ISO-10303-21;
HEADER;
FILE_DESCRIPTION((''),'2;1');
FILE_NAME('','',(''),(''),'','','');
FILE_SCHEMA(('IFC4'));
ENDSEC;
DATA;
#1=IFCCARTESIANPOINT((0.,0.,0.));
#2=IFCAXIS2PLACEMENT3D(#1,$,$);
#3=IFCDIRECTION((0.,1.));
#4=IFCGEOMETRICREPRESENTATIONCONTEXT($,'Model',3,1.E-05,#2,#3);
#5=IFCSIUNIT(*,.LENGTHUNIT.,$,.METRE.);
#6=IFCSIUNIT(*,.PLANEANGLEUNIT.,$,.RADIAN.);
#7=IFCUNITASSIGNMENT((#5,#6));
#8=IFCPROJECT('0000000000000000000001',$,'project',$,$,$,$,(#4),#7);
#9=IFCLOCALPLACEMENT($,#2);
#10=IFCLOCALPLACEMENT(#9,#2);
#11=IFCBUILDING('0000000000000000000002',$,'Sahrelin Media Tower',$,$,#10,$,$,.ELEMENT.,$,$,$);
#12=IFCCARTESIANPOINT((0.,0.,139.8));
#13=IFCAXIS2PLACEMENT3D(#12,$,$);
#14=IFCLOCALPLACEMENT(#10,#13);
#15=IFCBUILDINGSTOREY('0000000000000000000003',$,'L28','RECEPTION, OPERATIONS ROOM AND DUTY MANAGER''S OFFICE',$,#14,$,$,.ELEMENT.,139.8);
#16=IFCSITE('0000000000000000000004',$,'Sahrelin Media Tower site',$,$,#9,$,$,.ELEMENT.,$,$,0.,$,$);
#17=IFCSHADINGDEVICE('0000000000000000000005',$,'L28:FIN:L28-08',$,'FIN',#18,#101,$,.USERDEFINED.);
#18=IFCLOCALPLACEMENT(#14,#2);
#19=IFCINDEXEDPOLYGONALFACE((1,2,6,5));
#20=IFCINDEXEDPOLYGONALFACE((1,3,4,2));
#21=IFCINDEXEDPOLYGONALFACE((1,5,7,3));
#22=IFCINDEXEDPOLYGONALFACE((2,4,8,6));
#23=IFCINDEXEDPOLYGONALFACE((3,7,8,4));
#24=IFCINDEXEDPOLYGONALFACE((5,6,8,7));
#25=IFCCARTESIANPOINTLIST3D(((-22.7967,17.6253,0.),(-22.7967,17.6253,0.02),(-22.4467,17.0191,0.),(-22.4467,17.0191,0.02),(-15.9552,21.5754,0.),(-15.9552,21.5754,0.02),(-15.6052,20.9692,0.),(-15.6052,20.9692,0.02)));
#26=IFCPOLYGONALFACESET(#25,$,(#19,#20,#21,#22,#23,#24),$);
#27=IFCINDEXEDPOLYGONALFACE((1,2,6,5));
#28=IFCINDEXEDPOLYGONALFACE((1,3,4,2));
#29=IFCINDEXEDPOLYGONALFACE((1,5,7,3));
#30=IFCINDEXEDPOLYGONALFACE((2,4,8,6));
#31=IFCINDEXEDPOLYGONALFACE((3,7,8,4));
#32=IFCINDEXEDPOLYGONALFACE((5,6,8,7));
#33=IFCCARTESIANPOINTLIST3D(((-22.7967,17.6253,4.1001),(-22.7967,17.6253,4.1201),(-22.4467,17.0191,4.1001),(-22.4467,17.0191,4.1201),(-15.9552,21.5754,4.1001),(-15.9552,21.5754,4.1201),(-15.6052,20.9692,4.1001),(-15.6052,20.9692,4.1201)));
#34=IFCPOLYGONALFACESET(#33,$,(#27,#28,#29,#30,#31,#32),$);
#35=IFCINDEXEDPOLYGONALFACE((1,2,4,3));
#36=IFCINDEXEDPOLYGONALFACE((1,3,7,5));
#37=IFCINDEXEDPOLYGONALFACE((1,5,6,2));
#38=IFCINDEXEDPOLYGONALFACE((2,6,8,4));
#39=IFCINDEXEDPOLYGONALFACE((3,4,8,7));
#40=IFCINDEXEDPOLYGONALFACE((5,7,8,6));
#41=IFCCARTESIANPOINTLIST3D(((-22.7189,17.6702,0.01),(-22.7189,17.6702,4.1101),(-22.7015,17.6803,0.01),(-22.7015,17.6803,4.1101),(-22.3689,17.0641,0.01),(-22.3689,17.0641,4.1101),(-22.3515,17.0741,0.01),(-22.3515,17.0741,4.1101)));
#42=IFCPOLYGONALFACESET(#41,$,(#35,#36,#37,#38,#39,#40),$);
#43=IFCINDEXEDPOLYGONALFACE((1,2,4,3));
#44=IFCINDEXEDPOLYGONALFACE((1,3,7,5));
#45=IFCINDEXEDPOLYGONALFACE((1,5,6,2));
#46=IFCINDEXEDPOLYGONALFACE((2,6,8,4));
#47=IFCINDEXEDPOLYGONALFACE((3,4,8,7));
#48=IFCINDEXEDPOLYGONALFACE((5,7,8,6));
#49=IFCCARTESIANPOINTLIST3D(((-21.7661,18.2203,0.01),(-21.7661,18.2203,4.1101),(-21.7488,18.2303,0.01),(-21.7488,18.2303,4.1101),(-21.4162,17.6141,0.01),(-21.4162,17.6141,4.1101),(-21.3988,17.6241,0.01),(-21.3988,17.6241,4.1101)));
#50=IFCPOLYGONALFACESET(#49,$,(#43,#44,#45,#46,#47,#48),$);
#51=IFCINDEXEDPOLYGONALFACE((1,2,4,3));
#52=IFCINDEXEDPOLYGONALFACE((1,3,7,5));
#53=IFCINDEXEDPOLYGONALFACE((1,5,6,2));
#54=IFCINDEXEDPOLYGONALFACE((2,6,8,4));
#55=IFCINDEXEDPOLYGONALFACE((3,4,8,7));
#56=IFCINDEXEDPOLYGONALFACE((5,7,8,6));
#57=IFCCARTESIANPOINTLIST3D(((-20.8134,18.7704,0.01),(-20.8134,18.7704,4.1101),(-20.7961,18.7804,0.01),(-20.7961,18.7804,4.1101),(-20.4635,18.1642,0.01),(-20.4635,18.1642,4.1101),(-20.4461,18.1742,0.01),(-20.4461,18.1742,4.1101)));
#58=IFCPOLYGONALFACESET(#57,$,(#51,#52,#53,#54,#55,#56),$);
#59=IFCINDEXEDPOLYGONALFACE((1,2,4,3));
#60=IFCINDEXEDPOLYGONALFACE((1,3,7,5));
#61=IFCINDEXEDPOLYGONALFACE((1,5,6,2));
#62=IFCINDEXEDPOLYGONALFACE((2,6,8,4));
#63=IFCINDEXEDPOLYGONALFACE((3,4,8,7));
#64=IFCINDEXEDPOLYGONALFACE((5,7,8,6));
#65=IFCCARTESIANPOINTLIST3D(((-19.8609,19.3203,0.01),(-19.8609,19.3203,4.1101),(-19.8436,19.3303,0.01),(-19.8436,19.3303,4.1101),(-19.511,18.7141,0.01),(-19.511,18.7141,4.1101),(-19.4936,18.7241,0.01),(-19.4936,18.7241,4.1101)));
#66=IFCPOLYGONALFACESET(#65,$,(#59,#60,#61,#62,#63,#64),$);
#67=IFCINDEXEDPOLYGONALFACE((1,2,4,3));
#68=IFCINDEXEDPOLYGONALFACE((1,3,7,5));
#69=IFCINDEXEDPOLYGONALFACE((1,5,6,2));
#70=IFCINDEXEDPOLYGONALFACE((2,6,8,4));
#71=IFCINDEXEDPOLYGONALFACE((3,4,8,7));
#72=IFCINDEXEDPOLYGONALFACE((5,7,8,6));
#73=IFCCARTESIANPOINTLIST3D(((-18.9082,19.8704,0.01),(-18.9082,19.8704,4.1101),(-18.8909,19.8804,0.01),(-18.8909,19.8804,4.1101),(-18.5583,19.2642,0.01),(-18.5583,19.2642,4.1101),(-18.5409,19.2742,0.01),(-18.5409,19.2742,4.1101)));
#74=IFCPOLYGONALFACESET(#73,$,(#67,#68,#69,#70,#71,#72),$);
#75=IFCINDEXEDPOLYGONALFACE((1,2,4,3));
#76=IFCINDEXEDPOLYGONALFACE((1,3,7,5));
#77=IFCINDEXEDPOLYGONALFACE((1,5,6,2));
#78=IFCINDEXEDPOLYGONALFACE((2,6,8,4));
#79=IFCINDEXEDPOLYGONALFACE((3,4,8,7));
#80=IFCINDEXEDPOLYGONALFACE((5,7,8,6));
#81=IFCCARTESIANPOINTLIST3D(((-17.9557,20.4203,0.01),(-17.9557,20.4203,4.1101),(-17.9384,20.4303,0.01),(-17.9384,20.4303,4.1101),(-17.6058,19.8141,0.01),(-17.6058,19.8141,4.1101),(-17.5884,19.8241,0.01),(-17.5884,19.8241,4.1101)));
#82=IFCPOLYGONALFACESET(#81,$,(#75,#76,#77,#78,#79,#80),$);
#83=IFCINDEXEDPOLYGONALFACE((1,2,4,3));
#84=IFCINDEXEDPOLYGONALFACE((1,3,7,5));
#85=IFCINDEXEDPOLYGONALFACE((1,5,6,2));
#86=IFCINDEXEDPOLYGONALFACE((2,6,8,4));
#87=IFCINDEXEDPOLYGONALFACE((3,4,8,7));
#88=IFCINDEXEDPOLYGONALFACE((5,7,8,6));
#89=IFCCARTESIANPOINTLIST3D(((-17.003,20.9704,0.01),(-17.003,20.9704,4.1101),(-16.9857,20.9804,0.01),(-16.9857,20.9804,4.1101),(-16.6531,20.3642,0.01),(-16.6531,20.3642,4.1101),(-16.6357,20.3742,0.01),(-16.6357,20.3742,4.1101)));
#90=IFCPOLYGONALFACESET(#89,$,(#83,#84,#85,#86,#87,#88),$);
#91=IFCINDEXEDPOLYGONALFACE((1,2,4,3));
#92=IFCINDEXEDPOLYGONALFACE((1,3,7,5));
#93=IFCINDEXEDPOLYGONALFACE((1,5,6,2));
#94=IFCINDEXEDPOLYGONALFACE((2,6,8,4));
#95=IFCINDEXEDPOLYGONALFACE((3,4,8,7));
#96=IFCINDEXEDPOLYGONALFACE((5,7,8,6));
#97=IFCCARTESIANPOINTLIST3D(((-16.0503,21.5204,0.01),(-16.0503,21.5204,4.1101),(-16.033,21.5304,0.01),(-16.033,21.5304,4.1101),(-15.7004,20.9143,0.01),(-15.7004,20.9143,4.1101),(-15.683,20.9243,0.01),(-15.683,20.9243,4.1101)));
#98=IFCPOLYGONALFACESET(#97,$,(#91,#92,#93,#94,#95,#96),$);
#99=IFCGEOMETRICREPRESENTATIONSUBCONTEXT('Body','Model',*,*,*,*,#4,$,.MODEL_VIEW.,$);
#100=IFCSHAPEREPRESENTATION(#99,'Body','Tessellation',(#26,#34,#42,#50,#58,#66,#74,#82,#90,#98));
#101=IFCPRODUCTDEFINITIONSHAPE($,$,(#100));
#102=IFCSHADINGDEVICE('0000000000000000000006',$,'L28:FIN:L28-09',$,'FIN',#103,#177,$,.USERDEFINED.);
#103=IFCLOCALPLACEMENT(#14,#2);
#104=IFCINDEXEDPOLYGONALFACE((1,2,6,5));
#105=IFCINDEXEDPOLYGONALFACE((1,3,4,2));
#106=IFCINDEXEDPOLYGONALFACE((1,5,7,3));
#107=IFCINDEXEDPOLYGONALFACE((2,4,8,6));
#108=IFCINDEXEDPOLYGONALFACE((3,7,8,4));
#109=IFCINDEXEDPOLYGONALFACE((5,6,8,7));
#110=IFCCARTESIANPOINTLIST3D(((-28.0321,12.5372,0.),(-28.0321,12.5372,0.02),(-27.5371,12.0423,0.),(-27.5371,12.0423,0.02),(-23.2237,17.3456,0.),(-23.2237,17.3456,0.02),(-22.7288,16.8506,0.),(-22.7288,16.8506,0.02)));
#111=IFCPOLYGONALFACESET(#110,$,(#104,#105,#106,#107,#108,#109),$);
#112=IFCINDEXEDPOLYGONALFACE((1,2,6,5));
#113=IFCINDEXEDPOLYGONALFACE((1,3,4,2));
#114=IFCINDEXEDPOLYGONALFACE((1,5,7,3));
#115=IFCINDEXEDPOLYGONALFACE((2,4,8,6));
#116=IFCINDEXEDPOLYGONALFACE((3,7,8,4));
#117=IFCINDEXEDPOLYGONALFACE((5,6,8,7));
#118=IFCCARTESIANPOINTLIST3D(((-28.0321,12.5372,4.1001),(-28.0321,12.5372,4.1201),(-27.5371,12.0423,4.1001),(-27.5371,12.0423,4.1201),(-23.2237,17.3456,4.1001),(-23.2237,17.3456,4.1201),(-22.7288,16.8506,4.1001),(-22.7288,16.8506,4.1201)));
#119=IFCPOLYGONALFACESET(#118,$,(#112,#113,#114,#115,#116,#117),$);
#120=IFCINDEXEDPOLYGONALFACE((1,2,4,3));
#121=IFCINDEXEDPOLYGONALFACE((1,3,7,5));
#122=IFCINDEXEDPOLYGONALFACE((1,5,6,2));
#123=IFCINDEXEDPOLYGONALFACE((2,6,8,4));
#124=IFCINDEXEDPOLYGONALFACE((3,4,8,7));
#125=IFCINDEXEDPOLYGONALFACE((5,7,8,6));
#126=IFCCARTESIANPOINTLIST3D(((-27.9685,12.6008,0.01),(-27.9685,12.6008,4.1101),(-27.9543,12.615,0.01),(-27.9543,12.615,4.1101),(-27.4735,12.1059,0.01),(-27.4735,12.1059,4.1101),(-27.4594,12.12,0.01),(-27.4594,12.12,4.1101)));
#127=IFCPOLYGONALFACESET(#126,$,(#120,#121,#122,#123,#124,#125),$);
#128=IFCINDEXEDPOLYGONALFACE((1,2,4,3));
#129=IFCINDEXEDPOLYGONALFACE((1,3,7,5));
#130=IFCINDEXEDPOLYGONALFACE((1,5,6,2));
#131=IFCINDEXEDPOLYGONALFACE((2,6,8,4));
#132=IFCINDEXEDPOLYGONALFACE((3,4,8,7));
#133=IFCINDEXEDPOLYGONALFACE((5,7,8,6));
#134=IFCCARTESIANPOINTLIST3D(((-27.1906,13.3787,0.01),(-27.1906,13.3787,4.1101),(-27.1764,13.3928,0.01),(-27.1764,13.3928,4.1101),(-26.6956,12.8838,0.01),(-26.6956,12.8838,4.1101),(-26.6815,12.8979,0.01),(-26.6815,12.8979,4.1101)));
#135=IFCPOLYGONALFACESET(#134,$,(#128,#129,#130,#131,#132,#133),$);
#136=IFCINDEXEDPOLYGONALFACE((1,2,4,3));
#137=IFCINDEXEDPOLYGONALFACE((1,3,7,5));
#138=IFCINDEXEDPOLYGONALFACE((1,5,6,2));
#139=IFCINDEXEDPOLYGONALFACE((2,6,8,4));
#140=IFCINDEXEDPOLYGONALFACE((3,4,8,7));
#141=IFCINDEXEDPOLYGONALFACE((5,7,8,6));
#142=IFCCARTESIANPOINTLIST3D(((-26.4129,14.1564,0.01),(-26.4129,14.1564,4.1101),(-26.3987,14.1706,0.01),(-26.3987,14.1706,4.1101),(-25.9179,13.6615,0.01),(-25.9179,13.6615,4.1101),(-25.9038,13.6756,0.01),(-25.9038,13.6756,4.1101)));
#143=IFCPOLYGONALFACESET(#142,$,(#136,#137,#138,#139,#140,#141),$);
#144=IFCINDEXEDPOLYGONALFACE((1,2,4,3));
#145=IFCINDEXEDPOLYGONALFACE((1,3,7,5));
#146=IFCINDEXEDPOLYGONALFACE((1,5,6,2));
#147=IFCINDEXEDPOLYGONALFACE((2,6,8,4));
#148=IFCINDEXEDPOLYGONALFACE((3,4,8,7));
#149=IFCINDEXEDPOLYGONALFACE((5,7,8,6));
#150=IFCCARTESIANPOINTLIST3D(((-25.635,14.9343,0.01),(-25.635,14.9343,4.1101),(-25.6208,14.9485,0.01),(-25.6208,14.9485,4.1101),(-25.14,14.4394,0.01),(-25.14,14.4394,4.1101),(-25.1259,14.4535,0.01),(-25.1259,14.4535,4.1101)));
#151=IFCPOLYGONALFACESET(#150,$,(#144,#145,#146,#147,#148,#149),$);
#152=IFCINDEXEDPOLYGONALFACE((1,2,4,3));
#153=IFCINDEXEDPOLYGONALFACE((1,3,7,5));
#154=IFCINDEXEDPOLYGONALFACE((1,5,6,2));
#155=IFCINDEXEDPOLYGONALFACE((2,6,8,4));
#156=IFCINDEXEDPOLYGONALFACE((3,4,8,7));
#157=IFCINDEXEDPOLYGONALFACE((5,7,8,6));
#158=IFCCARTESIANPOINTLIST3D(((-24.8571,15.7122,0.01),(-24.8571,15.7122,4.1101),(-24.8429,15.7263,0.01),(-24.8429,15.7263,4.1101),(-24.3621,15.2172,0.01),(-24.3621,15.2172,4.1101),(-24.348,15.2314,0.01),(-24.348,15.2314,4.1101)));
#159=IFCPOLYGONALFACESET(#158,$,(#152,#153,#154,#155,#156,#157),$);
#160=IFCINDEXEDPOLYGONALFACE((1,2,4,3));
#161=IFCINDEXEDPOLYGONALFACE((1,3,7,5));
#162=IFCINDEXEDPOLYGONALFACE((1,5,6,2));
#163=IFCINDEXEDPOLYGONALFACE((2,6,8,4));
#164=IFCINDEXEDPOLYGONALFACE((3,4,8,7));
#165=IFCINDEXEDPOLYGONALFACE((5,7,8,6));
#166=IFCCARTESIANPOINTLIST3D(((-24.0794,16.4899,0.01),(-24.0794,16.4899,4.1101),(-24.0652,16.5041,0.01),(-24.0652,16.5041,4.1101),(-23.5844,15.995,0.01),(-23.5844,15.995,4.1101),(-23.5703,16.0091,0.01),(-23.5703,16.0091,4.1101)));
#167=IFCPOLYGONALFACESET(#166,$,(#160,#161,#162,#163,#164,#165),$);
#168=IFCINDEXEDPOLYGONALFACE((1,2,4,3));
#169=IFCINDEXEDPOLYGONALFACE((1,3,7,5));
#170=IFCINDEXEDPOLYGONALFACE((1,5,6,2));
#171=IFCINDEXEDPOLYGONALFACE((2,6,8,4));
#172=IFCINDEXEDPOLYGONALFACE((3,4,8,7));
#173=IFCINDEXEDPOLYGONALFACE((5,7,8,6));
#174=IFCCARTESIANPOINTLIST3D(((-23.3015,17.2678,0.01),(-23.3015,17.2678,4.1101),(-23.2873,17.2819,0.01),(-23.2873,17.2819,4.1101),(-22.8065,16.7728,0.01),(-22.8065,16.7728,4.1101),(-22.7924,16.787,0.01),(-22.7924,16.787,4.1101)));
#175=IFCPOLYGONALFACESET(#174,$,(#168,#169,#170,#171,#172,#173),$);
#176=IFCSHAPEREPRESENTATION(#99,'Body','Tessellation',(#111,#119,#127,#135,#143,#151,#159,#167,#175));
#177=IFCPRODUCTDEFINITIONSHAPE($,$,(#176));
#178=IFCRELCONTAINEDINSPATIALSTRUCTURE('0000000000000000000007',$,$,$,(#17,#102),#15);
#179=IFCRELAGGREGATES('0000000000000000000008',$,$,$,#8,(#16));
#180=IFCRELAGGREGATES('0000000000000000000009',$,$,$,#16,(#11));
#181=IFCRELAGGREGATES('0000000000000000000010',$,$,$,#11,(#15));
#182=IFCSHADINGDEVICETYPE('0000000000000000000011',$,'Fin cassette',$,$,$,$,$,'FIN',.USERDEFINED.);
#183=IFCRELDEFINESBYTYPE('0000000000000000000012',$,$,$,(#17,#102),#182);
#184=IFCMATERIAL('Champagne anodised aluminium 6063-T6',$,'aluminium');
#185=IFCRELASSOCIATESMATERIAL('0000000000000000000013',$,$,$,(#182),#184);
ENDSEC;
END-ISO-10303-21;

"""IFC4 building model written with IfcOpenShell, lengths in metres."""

from ifc_helpers import new_model, si_unit, direction, frame, origin, origin_2d, place, context, subcontext, project, spatial, rectangle, extrude, material, type_object, element, save


model = new_model("IFC4")

# Units and contexts
model_context = context("Model", 3, precision=1e-05, world=origin(), true_north=direction((0.0, 1.0)))
body_context = subcontext(model_context, "Body", "Model", "MODEL_VIEW")
ifc_project = project(units=[si_unit("LENGTHUNIT", "METRE"), si_unit("PLANEANGLEUNIT", "RADIAN")], contexts=[model_context])

# Site, building, storey
site_placement = place(None, origin())
site = spatial("IfcSite", under=ifc_project, at=site_placement, Name="Sahrelin Media Tower site", CompositionType="ELEMENT", RefElevation=0.0)
building_placement = place(site_placement, origin())
building = spatial("IfcBuilding", under=site, at=building_placement, Name="Sahrelin Media Tower", CompositionType="ELEMENT")
storey_placement = place(building_placement, frame((0.0, 0.0, 139.8)))
storey = spatial("IfcBuildingStorey", under=building, at=storey_placement, Name="L28", Description="RECEPTION, OPERATIONS ROOM AND DUTY MANAGER'S OFFICE", CompositionType="ELEMENT", Elevation=139.8)

# Shared definitions
ifc_material_1 = material(Name="Champagne anodised aluminium 6063-T6", Category="aluminium")

# Shading devices
shading_device_type_1 = type_object("IfcShadingDeviceType", Name="Fin cassette", ElementType="FIN", PredefinedType="USERDEFINED", material=ifc_material_1)
placement_1 = place(storey_placement, frame((-18.991, 18.9336, 0.0), z_axis=(0.0, 0.0, 1.0), x_axis=(0.866019, 0.500011, 0.0)))
element("IfcShadingDevice", 1, at=placement_1, inside=storey, type_object=shading_device_type_1, Name="L28:FIN:L28-08", ObjectType="FIN", PredefinedType="USERDEFINED", context=body_context, shape_type="SweptSolid", body=[
    extrude(rectangle(XDim=7.8999, YDim=0.7, at=origin_2d()), frame((0.0, 0.4199, 0.0)), (0.0, 0.0, 1.0), 0.02),
    extrude(rectangle(XDim=7.8999, YDim=0.7, at=origin_2d()), frame((0.0, 0.4199, 4.1001)), (0.0, 0.0, 1.0), 0.02),
    extrude(rectangle(XDim=0.02, YDim=0.7, at=origin_2d()), frame((-3.8501, 0.4199, 0.01), z_axis=(0.0, 0.0, 1.0), x_axis=(1.0, 0.0, 0.0)), (0.0, 0.0, 1.0), 4.1001),
    extrude(rectangle(XDim=0.02, YDim=0.7, at=origin_2d()), frame((-2.75, 0.4199, 0.01), z_axis=(0.0, 0.0, 1.0), x_axis=(1.0, 0.0, 0.0)), (0.0, 0.0, 1.0), 4.1001),
    extrude(rectangle(XDim=0.02, YDim=0.7, at=origin_2d()), frame((-1.6499, 0.4199, 0.01), z_axis=(0.0, 0.0, 1.0), x_axis=(1.0, 0.0, 0.0)), (0.0, 0.0, 1.0), 4.1001),
    extrude(rectangle(XDim=0.02, YDim=0.7, at=origin_2d()), frame((-0.55, 0.4199, 0.01), z_axis=(0.0, 0.0, 1.0), x_axis=(1.0, 0.0, 0.0)), (0.0, 0.0, 1.0), 4.1001),
    extrude(rectangle(XDim=0.02, YDim=0.7, at=origin_2d()), frame((0.55, 0.4199, 0.01), z_axis=(0.0, 0.0, 1.0), x_axis=(1.0, 0.0, 0.0)), (0.0, 0.0, 1.0), 4.1001),
    extrude(rectangle(XDim=0.02, YDim=0.7, at=origin_2d()), frame((1.6499, 0.4199, 0.01), z_axis=(0.0, 0.0, 1.0), x_axis=(1.0, 0.0, 0.0)), (0.0, 0.0, 1.0), 4.1001),
    extrude(rectangle(XDim=0.02, YDim=0.7, at=origin_2d()), frame((2.75, 0.4199, 0.01), z_axis=(0.0, 0.0, 1.0), x_axis=(1.0, 0.0, 0.0)), (0.0, 0.0, 1.0), 4.1001),
    extrude(rectangle(XDim=0.02, YDim=0.7, at=origin_2d()), frame((3.8501, 0.4199, 0.01), z_axis=(0.0, 0.0, 1.0), x_axis=(1.0, 0.0, 0.0)), (0.0, 0.0, 1.0), 4.1001),
])
placement_2 = place(storey_placement, frame((-25.0835, 14.397, 0.0), z_axis=(0.0, 0.0, 1.0), x_axis=(0.707107, 0.707107, 0.0)))
element("IfcShadingDevice", 2, at=placement_2, inside=storey, type_object=shading_device_type_1, Name="L28:FIN:L28-09", ObjectType="FIN", PredefinedType="USERDEFINED", context=body_context, shape_type="SweptSolid", body=[
    extrude(rectangle(XDim=6.8, YDim=0.7, at=origin_2d()), frame((0.0, 0.4199, 0.0)), (0.0, 0.0, 1.0), 0.02),
    extrude(rectangle(XDim=6.8, YDim=0.7, at=origin_2d()), frame((0.0, 0.4199, 4.1001)), (0.0, 0.0, 1.0), 0.02),
    extrude(rectangle(XDim=0.02, YDim=0.7, at=origin_2d()), frame((-3.3, 0.4199, 0.01), z_axis=(0.0, 0.0, 1.0), x_axis=(1.0, 0.0, 0.0)), (0.0, 0.0, 1.0), 4.1001),
    extrude(rectangle(XDim=0.02, YDim=0.7, at=origin_2d()), frame((-2.2, 0.4199, 0.01), z_axis=(0.0, 0.0, 1.0), x_axis=(1.0, 0.0, 0.0)), (0.0, 0.0, 1.0), 4.1001),
    extrude(rectangle(XDim=0.02, YDim=0.7, at=origin_2d()), frame((-1.1001, 0.4199, 0.01), z_axis=(0.0, 0.0, 1.0), x_axis=(1.0, 0.0, 0.0)), (0.0, 0.0, 1.0), 4.1001),
    extrude(rectangle(XDim=0.02, YDim=0.7, at=origin_2d()), frame((0.0, 0.4199, 0.01), z_axis=(0.0, 0.0, 1.0), x_axis=(1.0, 0.0, 0.0)), (0.0, 0.0, 1.0), 4.1001),
    extrude(rectangle(XDim=0.02, YDim=0.7, at=origin_2d()), frame((1.1001, 0.4199, 0.01), z_axis=(0.0, 0.0, 1.0), x_axis=(1.0, 0.0, 0.0)), (0.0, 0.0, 1.0), 4.1001),
    extrude(rectangle(XDim=0.02, YDim=0.7, at=origin_2d()), frame((2.2, 0.4199, 0.01), z_axis=(0.0, 0.0, 1.0), x_axis=(1.0, 0.0, 0.0)), (0.0, 0.0, 1.0), 4.1001),
    extrude(rectangle(XDim=0.02, YDim=0.7, at=origin_2d()), frame((3.3, 0.4199, 0.01), z_axis=(0.0, 0.0, 1.0), x_axis=(1.0, 0.0, 0.0)), (0.0, 0.0, 1.0), 4.1001),
])

save(model, "model.ifc")
